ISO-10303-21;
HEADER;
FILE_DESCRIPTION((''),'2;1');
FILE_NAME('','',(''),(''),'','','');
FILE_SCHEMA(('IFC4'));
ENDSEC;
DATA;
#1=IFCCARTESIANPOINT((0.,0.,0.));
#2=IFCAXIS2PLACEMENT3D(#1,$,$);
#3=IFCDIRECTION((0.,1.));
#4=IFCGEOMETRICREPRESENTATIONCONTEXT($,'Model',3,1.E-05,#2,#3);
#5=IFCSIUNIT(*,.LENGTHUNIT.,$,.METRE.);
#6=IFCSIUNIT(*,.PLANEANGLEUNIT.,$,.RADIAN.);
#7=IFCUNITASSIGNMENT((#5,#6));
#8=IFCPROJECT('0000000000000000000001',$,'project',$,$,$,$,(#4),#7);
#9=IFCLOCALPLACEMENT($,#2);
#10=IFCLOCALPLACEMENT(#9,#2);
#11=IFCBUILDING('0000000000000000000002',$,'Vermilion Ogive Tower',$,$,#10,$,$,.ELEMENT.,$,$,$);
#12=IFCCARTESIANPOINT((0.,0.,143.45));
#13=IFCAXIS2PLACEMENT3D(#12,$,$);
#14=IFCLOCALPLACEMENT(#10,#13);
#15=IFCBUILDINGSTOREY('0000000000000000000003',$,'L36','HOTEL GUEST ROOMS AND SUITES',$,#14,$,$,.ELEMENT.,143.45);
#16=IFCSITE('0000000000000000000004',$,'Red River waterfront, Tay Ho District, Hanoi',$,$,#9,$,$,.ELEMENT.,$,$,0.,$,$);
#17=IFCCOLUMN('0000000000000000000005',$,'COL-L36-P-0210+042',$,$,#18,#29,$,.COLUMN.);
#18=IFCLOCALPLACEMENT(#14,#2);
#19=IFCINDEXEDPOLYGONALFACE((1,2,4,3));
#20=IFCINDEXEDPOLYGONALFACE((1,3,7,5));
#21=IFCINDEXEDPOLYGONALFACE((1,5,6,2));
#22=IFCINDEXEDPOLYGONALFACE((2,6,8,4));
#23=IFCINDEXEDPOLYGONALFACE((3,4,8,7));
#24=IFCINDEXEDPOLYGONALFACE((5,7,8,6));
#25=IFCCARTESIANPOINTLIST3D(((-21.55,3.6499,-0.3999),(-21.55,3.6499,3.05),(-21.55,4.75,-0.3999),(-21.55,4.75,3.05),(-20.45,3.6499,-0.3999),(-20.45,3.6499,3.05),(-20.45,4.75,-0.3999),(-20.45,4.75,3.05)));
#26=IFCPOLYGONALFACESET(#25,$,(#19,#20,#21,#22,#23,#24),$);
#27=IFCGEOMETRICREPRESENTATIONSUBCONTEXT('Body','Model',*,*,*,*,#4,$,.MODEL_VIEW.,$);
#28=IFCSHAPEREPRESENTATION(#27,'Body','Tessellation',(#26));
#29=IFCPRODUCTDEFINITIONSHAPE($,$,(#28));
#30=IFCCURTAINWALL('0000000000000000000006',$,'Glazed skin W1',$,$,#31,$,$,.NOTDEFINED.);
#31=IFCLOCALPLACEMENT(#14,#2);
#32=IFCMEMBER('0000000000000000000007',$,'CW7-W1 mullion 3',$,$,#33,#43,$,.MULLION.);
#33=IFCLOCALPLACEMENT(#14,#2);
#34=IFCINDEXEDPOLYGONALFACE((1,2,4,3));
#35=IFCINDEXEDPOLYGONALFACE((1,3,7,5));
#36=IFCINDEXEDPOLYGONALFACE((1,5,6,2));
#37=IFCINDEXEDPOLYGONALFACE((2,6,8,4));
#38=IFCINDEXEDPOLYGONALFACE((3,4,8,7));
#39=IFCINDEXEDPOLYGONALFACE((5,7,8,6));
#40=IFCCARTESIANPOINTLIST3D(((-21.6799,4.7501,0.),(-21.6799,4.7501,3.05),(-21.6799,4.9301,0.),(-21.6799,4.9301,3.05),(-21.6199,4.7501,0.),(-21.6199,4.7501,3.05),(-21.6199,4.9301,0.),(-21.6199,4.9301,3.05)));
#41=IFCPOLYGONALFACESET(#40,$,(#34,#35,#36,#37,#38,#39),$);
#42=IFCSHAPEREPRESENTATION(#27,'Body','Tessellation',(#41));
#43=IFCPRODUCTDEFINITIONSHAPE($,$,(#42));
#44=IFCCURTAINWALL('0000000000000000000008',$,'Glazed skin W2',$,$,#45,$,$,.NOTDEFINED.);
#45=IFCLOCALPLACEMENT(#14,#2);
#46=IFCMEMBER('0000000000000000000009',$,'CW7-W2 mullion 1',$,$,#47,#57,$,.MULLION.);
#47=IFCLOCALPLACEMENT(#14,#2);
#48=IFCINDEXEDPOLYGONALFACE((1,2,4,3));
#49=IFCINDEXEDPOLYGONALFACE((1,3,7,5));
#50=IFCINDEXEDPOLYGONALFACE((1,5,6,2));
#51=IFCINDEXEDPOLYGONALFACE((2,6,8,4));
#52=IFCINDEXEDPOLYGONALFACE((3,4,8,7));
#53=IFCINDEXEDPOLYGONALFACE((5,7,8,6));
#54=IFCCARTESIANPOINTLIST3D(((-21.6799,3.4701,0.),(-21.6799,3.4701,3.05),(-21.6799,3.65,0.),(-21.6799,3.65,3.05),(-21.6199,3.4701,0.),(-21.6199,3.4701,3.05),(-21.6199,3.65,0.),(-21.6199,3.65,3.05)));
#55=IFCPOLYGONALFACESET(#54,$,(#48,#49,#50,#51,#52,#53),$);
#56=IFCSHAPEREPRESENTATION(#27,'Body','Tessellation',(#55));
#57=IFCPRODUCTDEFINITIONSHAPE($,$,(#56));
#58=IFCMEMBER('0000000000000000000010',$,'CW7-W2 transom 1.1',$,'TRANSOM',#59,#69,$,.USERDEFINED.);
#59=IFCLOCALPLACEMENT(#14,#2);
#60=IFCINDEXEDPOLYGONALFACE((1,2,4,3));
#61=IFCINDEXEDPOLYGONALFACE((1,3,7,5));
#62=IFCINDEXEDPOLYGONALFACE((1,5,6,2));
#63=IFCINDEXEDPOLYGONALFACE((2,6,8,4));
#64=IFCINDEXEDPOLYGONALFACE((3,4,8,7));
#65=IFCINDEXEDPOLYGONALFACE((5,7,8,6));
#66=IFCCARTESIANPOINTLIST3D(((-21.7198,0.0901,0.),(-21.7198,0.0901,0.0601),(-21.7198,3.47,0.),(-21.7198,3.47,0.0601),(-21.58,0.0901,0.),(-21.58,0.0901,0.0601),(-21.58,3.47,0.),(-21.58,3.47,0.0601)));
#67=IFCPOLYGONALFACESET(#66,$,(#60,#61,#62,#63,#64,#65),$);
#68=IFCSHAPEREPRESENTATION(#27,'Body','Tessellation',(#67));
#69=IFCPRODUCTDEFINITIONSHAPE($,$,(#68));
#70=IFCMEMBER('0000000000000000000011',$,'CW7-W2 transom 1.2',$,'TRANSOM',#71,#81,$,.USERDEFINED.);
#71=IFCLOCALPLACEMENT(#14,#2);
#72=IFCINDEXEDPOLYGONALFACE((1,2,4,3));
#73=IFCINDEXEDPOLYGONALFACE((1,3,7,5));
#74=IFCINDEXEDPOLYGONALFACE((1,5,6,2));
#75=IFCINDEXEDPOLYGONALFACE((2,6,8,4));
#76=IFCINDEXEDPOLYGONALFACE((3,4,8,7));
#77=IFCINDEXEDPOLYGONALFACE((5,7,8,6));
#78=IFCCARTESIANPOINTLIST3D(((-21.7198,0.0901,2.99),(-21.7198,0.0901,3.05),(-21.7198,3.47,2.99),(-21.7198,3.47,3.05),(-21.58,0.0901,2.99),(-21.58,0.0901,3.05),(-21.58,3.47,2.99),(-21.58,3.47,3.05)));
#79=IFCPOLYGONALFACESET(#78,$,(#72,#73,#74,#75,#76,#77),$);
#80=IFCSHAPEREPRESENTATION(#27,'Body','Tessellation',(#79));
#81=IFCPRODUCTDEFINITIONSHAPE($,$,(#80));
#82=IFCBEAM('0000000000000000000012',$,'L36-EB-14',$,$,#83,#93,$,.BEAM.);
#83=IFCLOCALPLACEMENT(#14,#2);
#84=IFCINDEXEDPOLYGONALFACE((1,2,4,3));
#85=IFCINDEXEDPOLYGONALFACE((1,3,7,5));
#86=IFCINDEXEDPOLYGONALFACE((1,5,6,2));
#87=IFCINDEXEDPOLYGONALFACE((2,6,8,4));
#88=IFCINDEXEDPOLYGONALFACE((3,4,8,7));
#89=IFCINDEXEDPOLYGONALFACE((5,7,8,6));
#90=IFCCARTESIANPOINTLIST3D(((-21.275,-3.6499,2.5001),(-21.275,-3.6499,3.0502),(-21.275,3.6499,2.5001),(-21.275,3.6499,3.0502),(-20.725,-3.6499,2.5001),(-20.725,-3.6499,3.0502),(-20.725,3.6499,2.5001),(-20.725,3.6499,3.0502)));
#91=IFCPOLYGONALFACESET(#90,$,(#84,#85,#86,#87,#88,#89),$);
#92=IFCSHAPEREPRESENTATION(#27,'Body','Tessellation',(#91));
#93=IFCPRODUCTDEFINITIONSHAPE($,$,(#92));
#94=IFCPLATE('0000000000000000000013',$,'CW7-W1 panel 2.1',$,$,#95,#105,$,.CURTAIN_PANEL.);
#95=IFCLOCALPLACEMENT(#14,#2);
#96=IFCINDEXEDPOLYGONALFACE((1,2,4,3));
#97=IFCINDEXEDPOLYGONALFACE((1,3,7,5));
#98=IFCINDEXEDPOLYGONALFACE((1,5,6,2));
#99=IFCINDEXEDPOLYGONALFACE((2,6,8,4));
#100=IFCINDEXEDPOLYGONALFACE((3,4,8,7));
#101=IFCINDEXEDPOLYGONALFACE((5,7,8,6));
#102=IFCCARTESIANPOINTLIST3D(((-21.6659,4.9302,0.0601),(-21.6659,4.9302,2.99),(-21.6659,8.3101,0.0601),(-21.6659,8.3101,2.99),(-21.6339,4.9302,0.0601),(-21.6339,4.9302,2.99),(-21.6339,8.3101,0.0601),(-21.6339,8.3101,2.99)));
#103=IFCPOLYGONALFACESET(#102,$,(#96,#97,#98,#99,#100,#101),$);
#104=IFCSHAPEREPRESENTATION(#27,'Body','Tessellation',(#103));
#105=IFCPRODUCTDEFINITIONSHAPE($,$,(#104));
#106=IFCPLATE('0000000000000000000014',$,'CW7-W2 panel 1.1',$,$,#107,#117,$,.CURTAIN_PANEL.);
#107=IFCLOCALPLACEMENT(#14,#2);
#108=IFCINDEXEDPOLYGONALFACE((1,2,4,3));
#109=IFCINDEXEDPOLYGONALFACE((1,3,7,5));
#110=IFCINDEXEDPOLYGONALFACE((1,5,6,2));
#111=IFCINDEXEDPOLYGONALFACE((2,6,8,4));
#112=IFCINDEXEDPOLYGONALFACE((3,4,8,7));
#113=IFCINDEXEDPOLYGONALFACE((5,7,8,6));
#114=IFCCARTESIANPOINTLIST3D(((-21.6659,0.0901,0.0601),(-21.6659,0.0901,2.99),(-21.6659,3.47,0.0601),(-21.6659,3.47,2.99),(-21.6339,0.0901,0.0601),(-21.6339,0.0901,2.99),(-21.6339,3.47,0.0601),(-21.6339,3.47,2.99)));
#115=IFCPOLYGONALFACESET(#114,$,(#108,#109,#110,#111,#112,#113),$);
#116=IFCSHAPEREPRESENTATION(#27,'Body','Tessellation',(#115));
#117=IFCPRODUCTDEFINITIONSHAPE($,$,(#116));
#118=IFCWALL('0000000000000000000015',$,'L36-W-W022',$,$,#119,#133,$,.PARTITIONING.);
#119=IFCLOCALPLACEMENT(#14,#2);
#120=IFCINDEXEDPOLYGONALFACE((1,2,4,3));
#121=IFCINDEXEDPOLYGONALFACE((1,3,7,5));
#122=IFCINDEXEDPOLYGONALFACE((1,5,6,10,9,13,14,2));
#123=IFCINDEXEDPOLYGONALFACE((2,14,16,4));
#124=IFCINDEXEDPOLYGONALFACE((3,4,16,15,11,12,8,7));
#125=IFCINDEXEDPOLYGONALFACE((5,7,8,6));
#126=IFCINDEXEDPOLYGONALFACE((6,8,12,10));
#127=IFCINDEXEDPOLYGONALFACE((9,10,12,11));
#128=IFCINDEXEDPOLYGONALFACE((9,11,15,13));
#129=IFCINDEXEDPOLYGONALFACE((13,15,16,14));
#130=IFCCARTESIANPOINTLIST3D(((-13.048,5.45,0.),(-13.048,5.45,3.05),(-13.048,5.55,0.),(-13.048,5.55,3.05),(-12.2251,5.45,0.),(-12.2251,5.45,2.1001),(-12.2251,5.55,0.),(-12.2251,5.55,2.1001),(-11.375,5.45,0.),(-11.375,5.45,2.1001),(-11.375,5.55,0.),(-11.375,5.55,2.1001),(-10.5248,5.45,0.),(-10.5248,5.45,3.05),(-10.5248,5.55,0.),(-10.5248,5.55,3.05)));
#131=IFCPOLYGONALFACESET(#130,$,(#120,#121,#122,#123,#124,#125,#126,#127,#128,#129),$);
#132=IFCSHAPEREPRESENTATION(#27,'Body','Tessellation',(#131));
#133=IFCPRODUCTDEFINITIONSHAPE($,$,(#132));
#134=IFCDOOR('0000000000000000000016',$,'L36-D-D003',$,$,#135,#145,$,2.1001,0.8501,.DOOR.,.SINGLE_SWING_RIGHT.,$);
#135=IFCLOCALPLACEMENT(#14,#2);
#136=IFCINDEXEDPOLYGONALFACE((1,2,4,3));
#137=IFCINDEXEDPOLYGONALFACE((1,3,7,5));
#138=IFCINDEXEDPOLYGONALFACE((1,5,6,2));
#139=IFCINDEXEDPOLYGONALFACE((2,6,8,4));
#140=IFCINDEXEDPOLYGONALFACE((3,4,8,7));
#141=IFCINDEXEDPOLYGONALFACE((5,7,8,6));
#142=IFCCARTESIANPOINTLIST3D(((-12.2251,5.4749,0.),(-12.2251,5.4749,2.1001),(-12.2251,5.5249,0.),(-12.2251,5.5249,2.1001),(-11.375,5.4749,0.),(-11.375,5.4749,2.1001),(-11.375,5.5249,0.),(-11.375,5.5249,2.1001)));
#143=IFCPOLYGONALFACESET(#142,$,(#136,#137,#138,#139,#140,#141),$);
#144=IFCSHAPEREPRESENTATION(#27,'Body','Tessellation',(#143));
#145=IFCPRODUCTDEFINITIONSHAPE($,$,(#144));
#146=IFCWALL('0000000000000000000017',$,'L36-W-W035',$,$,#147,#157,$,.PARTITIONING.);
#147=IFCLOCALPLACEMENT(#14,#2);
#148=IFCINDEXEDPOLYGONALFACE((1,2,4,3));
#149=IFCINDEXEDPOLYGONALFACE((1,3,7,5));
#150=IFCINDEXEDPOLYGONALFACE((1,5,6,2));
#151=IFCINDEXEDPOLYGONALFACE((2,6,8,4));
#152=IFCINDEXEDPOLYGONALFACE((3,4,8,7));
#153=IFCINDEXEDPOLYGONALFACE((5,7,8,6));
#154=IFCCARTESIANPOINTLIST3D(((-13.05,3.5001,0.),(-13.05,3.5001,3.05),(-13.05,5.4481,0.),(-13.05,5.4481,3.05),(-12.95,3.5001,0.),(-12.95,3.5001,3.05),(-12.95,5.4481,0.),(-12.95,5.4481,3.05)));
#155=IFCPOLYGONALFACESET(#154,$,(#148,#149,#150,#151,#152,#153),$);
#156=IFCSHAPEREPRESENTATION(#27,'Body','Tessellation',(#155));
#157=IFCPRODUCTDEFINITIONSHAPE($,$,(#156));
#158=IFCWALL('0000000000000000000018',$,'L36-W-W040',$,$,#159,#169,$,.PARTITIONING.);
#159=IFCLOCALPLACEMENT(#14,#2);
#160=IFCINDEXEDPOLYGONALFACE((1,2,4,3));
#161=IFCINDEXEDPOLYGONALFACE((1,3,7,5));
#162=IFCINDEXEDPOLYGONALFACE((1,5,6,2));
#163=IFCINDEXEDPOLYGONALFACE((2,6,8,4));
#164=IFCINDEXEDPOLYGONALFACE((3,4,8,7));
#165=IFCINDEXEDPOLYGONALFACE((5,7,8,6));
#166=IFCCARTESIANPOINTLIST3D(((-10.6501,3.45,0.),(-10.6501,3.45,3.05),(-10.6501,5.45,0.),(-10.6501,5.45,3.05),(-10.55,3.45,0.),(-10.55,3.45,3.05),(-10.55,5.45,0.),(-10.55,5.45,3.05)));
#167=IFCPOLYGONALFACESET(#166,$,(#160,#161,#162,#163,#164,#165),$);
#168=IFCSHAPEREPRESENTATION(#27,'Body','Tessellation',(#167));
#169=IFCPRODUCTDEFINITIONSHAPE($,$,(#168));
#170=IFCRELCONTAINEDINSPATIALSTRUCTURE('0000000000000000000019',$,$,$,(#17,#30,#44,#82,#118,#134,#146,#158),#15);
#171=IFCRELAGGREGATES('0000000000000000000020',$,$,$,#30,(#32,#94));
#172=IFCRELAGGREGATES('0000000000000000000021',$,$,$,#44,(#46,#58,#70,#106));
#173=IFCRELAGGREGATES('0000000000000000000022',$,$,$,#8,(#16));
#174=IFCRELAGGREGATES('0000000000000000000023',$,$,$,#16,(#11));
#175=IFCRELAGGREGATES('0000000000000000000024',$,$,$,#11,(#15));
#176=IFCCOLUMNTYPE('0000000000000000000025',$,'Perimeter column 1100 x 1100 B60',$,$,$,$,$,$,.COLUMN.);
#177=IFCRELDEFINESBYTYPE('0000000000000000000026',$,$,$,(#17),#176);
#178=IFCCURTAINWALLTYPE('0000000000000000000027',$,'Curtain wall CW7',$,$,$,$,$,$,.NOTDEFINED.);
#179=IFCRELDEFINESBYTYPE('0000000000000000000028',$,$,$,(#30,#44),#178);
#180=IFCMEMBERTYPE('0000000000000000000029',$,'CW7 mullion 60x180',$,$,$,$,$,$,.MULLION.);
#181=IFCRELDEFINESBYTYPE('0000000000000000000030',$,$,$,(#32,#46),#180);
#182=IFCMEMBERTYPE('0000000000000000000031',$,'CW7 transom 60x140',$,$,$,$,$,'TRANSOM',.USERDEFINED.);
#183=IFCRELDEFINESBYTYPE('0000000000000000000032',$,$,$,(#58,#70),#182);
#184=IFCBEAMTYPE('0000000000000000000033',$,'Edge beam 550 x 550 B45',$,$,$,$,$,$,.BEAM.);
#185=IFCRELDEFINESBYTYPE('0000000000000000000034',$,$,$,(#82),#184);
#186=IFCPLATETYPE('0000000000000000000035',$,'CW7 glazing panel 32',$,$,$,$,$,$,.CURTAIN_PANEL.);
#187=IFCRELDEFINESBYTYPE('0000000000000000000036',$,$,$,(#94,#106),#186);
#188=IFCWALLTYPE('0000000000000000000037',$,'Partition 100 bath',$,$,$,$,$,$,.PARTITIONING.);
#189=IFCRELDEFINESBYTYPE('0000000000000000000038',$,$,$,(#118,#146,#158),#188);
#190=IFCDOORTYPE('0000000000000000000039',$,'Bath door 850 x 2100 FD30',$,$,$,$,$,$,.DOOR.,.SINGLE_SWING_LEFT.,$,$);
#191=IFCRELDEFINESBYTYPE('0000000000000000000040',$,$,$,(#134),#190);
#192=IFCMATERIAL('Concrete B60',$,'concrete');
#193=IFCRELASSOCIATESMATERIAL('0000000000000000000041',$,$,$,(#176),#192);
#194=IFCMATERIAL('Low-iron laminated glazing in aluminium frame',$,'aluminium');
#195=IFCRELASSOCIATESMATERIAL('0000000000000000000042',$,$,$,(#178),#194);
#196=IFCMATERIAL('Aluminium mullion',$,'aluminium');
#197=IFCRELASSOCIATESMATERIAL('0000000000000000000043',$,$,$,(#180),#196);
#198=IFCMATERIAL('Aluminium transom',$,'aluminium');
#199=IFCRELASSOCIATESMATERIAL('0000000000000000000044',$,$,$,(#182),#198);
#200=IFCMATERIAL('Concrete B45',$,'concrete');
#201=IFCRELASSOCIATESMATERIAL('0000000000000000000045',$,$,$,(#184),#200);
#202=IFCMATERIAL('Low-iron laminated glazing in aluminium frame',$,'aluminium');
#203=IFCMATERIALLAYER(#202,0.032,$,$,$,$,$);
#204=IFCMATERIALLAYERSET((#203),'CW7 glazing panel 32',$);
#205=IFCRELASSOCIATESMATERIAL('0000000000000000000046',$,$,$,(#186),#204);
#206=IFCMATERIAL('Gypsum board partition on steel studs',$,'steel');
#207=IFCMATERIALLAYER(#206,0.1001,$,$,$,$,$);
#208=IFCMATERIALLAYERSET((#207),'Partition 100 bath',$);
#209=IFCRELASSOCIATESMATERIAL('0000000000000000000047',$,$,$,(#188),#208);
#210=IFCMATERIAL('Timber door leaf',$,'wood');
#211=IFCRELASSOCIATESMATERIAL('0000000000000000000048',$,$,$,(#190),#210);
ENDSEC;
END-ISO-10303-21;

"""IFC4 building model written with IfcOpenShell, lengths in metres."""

from ifc_helpers import new_model, si_unit, direction, frame, frame_2d, origin, origin_2d, place, context, subcontext, project, spatial, rectangle, extrude, material, layer, layer_set, material_profile, profile_set, type_object, element, fill, aggregate, save


model = new_model("IFC4")

# Units and contexts
model_context = context("Model", 3, precision=1e-05, world=origin(), true_north=direction((0.0, 1.0)))
body_context = subcontext(model_context, "Body", "Model", "MODEL_VIEW")
ifc_project = project(units=[si_unit("LENGTHUNIT", "METRE"), si_unit("PLANEANGLEUNIT", "RADIAN")], contexts=[model_context])

# Site, building, storey
site_placement = place(None, origin())
site = spatial("IfcSite", under=ifc_project, at=site_placement, Name="Red River waterfront, Tay Ho District, Hanoi", CompositionType="ELEMENT", RefElevation=0.0)
building_placement = place(site_placement, origin())
building = spatial("IfcBuilding", under=site, at=building_placement, Name="Vermilion Ogive Tower", CompositionType="ELEMENT")
storey_placement = place(building_placement, frame((0.0, 0.0, 143.45)))
storey = spatial("IfcBuildingStorey", under=building, at=storey_placement, Name="L36", Description="HOTEL GUEST ROOMS AND SUITES", CompositionType="ELEMENT", Elevation=143.45)

# Column
ifc_material_1 = material(Name="Concrete B60", Category="concrete")
ifc_material_profile_1 = material_profile(ifc_material_1, rectangle(XDim=1.1001, YDim=1.1001, at=origin_2d()), Name="1100 x 1100")
ifc_profile_set_1 = profile_set([ifc_material_profile_1], Name="Concrete B60")
column_type = type_object("IfcColumnType", Name="Perimeter column 1100 x 1100 B60", PredefinedType="COLUMN", material=ifc_profile_set_1)
column_placement = place(storey_placement, frame((-21.0, 4.2, -0.3999), z_axis=(0.0, 0.0, 1.0), x_axis=(1.0, 0.0, 0.0)))
element("IfcColumn", 1, at=column_placement, inside=storey, type_object=column_type, Name="COL-L36-P-0210+042", PredefinedType="COLUMN", context=body_context, shape_type="SweptSolid", body=[
    extrude(rectangle(XDim=1.1001, YDim=1.1001, at=origin_2d()), origin(), (0.0, 0.0, 1.0), 3.45),
])

# Curtain wall, member
ifc_material_2 = material(Name="Low-iron laminated glazing in aluminium frame", Category="aluminium")
curtain_wall_type = type_object("IfcCurtainWallType", Name="Curtain wall CW7", PredefinedType="NOTDEFINED", material=ifc_material_2)
curtain_wall_1_placement = place(storey_placement, origin())
curtain_wall_1 = element("IfcCurtainWall", 2, at=curtain_wall_1_placement, inside=storey, type_object=curtain_wall_type, Name="Glazed skin W1", PredefinedType="NOTDEFINED")
ifc_material_3 = material(Name="Aluminium mullion", Category="aluminium")
ifc_material_profile_2 = material_profile(ifc_material_3, rectangle(XDim=0.0601, YDim=0.1799, at=origin_2d()), Name="AL 60x180")
ifc_profile_set_2 = profile_set([ifc_material_profile_2], Name="Aluminium mullion")
member_type_1 = type_object("IfcMemberType", Name="CW7 mullion 60x180", PredefinedType="MULLION", material=ifc_profile_set_2)
member_1_placement = place(storey_placement, frame((-21.6499, 4.8401, 0.0), z_axis=(0.0, 0.0, 1.0), x_axis=(1.0, 0.0, 0.0)))
member_1 = element("IfcMember", 3, at=member_1_placement, type_object=member_type_1, Name="CW7-W1 mullion 3", PredefinedType="MULLION", context=body_context, shape_type="SweptSolid", body=[
    extrude(rectangle(XDim=0.0601, YDim=0.1799, at=origin_2d()), origin(), (0.0, 0.0, 1.0), 3.05),
])

# Curtain wall, members
curtain_wall_2_placement = place(storey_placement, origin())
curtain_wall_2 = element("IfcCurtainWall", 4, at=curtain_wall_2_placement, inside=storey, type_object=curtain_wall_type, Name="Glazed skin W2", PredefinedType="NOTDEFINED")
member_2_placement = place(storey_placement, frame((-21.6499, 3.5601, 0.0), z_axis=(0.0, 0.0, 1.0), x_axis=(1.0, 0.0, 0.0)))
member_2 = element("IfcMember", 5, at=member_2_placement, type_object=member_type_1, Name="CW7-W2 mullion 1", PredefinedType="MULLION", context=body_context, shape_type="SweptSolid", body=[
    extrude(rectangle(XDim=0.0601, YDim=0.1799, at=origin_2d()), origin(), (0.0, 0.0, 1.0), 3.05),
])
ifc_material_4 = material(Name="Aluminium transom", Category="aluminium")
ifc_material_profile_3 = material_profile(ifc_material_4, rectangle(XDim=0.1399, YDim=0.0601, at=origin_2d()), Name="AL 60x140")
ifc_profile_set_3 = profile_set([ifc_material_profile_3], Name="Aluminium transom")
member_type_2 = type_object("IfcMemberType", Name="CW7 transom 60x140", ElementType="TRANSOM", PredefinedType="USERDEFINED", material=ifc_profile_set_3)
member_3_placement = place(storey_placement, frame((-21.6499, 3.47, 0.03), z_axis=(0.0, -1.0, 0.0), x_axis=(1.0, 0.0, 0.0)))
member_3 = element("IfcMember", 6, at=member_3_placement, type_object=member_type_2, Name="CW7-W2 transom 1.1", ObjectType="TRANSOM", PredefinedType="USERDEFINED", context=body_context, shape_type="SweptSolid", body=[
    extrude(rectangle(XDim=0.1399, YDim=0.0601, at=origin_2d()), origin(), (0.0, 0.0, 1.0), 3.3799),
])
member_4_placement = place(storey_placement, frame((-21.6499, 3.47, 3.02), z_axis=(0.0, -1.0, 0.0), x_axis=(1.0, 0.0, 0.0)))
member_4 = element("IfcMember", 7, at=member_4_placement, type_object=member_type_2, Name="CW7-W2 transom 1.2", ObjectType="TRANSOM", PredefinedType="USERDEFINED", context=body_context, shape_type="SweptSolid", body=[
    extrude(rectangle(XDim=0.1399, YDim=0.0601, at=origin_2d()), origin(), (0.0, 0.0, 1.0), 3.3799),
])

# Beam
ifc_material_5 = material(Name="Concrete B45", Category="concrete")
ifc_material_profile_4 = material_profile(ifc_material_5, rectangle(XDim=0.55, YDim=0.55, at=origin_2d()), Name="550 x 550")
ifc_profile_set_4 = profile_set([ifc_material_profile_4], Name="Concrete B45")
beam_type = type_object("IfcBeamType", Name="Edge beam 550 x 550 B45", PredefinedType="BEAM", material=ifc_profile_set_4)
beam_placement = place(storey_placement, frame((-21.0, 3.6499, 2.7751), z_axis=(0.0, -1.0, 0.0), x_axis=(1.0, 0.0, 0.0)))
element("IfcBeam", 8, at=beam_placement, inside=storey, type_object=beam_type, Name="L36-EB-14", PredefinedType="BEAM", context=body_context, shape_type="SweptSolid", body=[
    extrude(rectangle(XDim=0.55, YDim=0.55, at=origin_2d()), origin(), (0.0, 0.0, 1.0), 7.2998),
])

# Plates
ifc_material_6 = material(Name="Low-iron laminated glazing in aluminium frame", Category="aluminium")
ifc_layer_1 = layer(ifc_material_6, 0.032)
ifc_layer_set_1 = layer_set([ifc_layer_1], Name="CW7 glazing panel 32")
plate_type = type_object("IfcPlateType", Name="CW7 glazing panel 32", PredefinedType="CURTAIN_PANEL", material=ifc_layer_set_1)
plate_1_placement = place(storey_placement, frame((-21.6499, 6.6201, 0.0601), z_axis=(0.0, 0.0, 1.0), x_axis=(0.0, -1.0, 0.0)))
plate_1 = element("IfcPlate", 9, at=plate_1_placement, type_object=plate_type, Name="CW7-W1 panel 2.1", PredefinedType="CURTAIN_PANEL", context=body_context, shape_type="SweptSolid", body=[
    extrude(rectangle(XDim=3.3799, YDim=0.032, at=origin_2d()), origin(), (0.0, 0.0, 1.0), 2.9299),
])
aggregate(curtain_wall_1, [member_1, plate_1])
plate_2_placement = place(storey_placement, frame((-21.6499, 1.78, 0.0601), z_axis=(0.0, 0.0, 1.0), x_axis=(0.0, -1.0, 0.0)))
plate_2 = element("IfcPlate", 10, at=plate_2_placement, type_object=plate_type, Name="CW7-W2 panel 1.1", PredefinedType="CURTAIN_PANEL", context=body_context, shape_type="SweptSolid", body=[
    extrude(rectangle(XDim=3.3799, YDim=0.032, at=origin_2d()), origin(), (0.0, 0.0, 1.0), 2.9299),
])
aggregate(curtain_wall_2, [member_2, member_3, member_4, plate_2])

# Wall, opening, door
ifc_material_7 = material(Name="Gypsum board partition on steel studs", Category="steel")
ifc_layer_2 = layer(ifc_material_7, 0.1001)
ifc_layer_set_2 = layer_set([ifc_layer_2], Name="Partition 100 bath")
wall_type_1 = type_object("IfcWallType", Name="Partition 100 bath", PredefinedType="PARTITIONING", material=ifc_layer_set_2)
wall_1_placement = place(storey_placement, frame((-13.0481, 5.5, 0.0), z_axis=(0.0, 0.0, 1.0), x_axis=(1.0, 0.0, 0.0)))
wall_1 = element("IfcWall", 11, at=wall_1_placement, inside=storey, type_object=wall_type_1, Name="L36-W-W022", PredefinedType="PARTITIONING", context=body_context, shape_type="SweptSolid", body=[
    extrude(rectangle(XDim=2.5232, YDim=0.1001, at=frame_2d((1.2617, 0.0))), origin(), (0.0, 0.0, 1.0), 3.05),
])
opening_1_placement = place(wall_1_placement, frame((0.823, 0.0, 0.0)))
opening_1 = element("IfcOpeningElement", 12, at=opening_1_placement, cuts=wall_1, PredefinedType="OPENING", context=body_context, shape_type="SweptSolid", body=[
    extrude(rectangle(XDim=0.8501, YDim=2.1001, at=frame_2d((0.425, 1.05))), frame((0.0, 0.0601, 0.0), z_axis=(0.0, -1.0, 0.0), x_axis=(1.0, 0.0, 0.0)), (0.0, 0.0, 1.0), 0.1201),
])
ifc_material_8 = material(Name="Timber door leaf", Category="wood")
door_type_1 = type_object("IfcDoorType", Name="Bath door 850 x 2100 FD30", OperationType="SINGLE_SWING_LEFT", PredefinedType="DOOR", material=ifc_material_8)
door_1_placement = place(opening_1_placement, origin())
door_1 = element("IfcDoor", 13, at=door_1_placement, inside=storey, type_object=door_type_1, Name="L36-D-D003", OperationType="SINGLE_SWING_RIGHT", OverallHeight=2.1001, OverallWidth=0.8501, PredefinedType="DOOR", context=body_context, shape_type="SweptSolid", body=[
    extrude(rectangle(XDim=0.8501, YDim=2.1001, at=frame_2d((0.425, 1.05))), frame((0.0, 0.0249, 0.0), z_axis=(0.0, -1.0, 0.0), x_axis=(1.0, 0.0, 0.0)), (0.0, 0.0, 1.0), 0.05),
])
fill(opening_1, door_1)

# Walls
wall_2_placement = place(storey_placement, frame((-13.0, 3.5, 0.0), z_axis=(0.0, 0.0, 1.0), x_axis=(0.0, 1.0, 0.0)))
element("IfcWall", 14, at=wall_2_placement, inside=storey, type_object=wall_type_1, Name="L36-W-W035", PredefinedType="PARTITIONING", context=body_context, shape_type="SweptSolid", body=[
    extrude(rectangle(XDim=1.948, YDim=0.1001, at=frame_2d((0.9741, 0.0))), origin(), (0.0, 0.0, 1.0), 3.05),
])
wall_3_placement = place(storey_placement, frame((-10.6001, 3.45, 0.0), z_axis=(0.0, 0.0, 1.0), x_axis=(0.0, 1.0, 0.0)))
element("IfcWall", 15, at=wall_3_placement, inside=storey, type_object=wall_type_1, Name="L36-W-W040", PredefinedType="PARTITIONING", context=body_context, shape_type="SweptSolid", body=[
    extrude(rectangle(XDim=2.0, YDim=0.1001, at=frame_2d((1.0, 0.0))), origin(), (0.0, 0.0, 1.0), 3.05),
])

save(model, "model.ifc")
